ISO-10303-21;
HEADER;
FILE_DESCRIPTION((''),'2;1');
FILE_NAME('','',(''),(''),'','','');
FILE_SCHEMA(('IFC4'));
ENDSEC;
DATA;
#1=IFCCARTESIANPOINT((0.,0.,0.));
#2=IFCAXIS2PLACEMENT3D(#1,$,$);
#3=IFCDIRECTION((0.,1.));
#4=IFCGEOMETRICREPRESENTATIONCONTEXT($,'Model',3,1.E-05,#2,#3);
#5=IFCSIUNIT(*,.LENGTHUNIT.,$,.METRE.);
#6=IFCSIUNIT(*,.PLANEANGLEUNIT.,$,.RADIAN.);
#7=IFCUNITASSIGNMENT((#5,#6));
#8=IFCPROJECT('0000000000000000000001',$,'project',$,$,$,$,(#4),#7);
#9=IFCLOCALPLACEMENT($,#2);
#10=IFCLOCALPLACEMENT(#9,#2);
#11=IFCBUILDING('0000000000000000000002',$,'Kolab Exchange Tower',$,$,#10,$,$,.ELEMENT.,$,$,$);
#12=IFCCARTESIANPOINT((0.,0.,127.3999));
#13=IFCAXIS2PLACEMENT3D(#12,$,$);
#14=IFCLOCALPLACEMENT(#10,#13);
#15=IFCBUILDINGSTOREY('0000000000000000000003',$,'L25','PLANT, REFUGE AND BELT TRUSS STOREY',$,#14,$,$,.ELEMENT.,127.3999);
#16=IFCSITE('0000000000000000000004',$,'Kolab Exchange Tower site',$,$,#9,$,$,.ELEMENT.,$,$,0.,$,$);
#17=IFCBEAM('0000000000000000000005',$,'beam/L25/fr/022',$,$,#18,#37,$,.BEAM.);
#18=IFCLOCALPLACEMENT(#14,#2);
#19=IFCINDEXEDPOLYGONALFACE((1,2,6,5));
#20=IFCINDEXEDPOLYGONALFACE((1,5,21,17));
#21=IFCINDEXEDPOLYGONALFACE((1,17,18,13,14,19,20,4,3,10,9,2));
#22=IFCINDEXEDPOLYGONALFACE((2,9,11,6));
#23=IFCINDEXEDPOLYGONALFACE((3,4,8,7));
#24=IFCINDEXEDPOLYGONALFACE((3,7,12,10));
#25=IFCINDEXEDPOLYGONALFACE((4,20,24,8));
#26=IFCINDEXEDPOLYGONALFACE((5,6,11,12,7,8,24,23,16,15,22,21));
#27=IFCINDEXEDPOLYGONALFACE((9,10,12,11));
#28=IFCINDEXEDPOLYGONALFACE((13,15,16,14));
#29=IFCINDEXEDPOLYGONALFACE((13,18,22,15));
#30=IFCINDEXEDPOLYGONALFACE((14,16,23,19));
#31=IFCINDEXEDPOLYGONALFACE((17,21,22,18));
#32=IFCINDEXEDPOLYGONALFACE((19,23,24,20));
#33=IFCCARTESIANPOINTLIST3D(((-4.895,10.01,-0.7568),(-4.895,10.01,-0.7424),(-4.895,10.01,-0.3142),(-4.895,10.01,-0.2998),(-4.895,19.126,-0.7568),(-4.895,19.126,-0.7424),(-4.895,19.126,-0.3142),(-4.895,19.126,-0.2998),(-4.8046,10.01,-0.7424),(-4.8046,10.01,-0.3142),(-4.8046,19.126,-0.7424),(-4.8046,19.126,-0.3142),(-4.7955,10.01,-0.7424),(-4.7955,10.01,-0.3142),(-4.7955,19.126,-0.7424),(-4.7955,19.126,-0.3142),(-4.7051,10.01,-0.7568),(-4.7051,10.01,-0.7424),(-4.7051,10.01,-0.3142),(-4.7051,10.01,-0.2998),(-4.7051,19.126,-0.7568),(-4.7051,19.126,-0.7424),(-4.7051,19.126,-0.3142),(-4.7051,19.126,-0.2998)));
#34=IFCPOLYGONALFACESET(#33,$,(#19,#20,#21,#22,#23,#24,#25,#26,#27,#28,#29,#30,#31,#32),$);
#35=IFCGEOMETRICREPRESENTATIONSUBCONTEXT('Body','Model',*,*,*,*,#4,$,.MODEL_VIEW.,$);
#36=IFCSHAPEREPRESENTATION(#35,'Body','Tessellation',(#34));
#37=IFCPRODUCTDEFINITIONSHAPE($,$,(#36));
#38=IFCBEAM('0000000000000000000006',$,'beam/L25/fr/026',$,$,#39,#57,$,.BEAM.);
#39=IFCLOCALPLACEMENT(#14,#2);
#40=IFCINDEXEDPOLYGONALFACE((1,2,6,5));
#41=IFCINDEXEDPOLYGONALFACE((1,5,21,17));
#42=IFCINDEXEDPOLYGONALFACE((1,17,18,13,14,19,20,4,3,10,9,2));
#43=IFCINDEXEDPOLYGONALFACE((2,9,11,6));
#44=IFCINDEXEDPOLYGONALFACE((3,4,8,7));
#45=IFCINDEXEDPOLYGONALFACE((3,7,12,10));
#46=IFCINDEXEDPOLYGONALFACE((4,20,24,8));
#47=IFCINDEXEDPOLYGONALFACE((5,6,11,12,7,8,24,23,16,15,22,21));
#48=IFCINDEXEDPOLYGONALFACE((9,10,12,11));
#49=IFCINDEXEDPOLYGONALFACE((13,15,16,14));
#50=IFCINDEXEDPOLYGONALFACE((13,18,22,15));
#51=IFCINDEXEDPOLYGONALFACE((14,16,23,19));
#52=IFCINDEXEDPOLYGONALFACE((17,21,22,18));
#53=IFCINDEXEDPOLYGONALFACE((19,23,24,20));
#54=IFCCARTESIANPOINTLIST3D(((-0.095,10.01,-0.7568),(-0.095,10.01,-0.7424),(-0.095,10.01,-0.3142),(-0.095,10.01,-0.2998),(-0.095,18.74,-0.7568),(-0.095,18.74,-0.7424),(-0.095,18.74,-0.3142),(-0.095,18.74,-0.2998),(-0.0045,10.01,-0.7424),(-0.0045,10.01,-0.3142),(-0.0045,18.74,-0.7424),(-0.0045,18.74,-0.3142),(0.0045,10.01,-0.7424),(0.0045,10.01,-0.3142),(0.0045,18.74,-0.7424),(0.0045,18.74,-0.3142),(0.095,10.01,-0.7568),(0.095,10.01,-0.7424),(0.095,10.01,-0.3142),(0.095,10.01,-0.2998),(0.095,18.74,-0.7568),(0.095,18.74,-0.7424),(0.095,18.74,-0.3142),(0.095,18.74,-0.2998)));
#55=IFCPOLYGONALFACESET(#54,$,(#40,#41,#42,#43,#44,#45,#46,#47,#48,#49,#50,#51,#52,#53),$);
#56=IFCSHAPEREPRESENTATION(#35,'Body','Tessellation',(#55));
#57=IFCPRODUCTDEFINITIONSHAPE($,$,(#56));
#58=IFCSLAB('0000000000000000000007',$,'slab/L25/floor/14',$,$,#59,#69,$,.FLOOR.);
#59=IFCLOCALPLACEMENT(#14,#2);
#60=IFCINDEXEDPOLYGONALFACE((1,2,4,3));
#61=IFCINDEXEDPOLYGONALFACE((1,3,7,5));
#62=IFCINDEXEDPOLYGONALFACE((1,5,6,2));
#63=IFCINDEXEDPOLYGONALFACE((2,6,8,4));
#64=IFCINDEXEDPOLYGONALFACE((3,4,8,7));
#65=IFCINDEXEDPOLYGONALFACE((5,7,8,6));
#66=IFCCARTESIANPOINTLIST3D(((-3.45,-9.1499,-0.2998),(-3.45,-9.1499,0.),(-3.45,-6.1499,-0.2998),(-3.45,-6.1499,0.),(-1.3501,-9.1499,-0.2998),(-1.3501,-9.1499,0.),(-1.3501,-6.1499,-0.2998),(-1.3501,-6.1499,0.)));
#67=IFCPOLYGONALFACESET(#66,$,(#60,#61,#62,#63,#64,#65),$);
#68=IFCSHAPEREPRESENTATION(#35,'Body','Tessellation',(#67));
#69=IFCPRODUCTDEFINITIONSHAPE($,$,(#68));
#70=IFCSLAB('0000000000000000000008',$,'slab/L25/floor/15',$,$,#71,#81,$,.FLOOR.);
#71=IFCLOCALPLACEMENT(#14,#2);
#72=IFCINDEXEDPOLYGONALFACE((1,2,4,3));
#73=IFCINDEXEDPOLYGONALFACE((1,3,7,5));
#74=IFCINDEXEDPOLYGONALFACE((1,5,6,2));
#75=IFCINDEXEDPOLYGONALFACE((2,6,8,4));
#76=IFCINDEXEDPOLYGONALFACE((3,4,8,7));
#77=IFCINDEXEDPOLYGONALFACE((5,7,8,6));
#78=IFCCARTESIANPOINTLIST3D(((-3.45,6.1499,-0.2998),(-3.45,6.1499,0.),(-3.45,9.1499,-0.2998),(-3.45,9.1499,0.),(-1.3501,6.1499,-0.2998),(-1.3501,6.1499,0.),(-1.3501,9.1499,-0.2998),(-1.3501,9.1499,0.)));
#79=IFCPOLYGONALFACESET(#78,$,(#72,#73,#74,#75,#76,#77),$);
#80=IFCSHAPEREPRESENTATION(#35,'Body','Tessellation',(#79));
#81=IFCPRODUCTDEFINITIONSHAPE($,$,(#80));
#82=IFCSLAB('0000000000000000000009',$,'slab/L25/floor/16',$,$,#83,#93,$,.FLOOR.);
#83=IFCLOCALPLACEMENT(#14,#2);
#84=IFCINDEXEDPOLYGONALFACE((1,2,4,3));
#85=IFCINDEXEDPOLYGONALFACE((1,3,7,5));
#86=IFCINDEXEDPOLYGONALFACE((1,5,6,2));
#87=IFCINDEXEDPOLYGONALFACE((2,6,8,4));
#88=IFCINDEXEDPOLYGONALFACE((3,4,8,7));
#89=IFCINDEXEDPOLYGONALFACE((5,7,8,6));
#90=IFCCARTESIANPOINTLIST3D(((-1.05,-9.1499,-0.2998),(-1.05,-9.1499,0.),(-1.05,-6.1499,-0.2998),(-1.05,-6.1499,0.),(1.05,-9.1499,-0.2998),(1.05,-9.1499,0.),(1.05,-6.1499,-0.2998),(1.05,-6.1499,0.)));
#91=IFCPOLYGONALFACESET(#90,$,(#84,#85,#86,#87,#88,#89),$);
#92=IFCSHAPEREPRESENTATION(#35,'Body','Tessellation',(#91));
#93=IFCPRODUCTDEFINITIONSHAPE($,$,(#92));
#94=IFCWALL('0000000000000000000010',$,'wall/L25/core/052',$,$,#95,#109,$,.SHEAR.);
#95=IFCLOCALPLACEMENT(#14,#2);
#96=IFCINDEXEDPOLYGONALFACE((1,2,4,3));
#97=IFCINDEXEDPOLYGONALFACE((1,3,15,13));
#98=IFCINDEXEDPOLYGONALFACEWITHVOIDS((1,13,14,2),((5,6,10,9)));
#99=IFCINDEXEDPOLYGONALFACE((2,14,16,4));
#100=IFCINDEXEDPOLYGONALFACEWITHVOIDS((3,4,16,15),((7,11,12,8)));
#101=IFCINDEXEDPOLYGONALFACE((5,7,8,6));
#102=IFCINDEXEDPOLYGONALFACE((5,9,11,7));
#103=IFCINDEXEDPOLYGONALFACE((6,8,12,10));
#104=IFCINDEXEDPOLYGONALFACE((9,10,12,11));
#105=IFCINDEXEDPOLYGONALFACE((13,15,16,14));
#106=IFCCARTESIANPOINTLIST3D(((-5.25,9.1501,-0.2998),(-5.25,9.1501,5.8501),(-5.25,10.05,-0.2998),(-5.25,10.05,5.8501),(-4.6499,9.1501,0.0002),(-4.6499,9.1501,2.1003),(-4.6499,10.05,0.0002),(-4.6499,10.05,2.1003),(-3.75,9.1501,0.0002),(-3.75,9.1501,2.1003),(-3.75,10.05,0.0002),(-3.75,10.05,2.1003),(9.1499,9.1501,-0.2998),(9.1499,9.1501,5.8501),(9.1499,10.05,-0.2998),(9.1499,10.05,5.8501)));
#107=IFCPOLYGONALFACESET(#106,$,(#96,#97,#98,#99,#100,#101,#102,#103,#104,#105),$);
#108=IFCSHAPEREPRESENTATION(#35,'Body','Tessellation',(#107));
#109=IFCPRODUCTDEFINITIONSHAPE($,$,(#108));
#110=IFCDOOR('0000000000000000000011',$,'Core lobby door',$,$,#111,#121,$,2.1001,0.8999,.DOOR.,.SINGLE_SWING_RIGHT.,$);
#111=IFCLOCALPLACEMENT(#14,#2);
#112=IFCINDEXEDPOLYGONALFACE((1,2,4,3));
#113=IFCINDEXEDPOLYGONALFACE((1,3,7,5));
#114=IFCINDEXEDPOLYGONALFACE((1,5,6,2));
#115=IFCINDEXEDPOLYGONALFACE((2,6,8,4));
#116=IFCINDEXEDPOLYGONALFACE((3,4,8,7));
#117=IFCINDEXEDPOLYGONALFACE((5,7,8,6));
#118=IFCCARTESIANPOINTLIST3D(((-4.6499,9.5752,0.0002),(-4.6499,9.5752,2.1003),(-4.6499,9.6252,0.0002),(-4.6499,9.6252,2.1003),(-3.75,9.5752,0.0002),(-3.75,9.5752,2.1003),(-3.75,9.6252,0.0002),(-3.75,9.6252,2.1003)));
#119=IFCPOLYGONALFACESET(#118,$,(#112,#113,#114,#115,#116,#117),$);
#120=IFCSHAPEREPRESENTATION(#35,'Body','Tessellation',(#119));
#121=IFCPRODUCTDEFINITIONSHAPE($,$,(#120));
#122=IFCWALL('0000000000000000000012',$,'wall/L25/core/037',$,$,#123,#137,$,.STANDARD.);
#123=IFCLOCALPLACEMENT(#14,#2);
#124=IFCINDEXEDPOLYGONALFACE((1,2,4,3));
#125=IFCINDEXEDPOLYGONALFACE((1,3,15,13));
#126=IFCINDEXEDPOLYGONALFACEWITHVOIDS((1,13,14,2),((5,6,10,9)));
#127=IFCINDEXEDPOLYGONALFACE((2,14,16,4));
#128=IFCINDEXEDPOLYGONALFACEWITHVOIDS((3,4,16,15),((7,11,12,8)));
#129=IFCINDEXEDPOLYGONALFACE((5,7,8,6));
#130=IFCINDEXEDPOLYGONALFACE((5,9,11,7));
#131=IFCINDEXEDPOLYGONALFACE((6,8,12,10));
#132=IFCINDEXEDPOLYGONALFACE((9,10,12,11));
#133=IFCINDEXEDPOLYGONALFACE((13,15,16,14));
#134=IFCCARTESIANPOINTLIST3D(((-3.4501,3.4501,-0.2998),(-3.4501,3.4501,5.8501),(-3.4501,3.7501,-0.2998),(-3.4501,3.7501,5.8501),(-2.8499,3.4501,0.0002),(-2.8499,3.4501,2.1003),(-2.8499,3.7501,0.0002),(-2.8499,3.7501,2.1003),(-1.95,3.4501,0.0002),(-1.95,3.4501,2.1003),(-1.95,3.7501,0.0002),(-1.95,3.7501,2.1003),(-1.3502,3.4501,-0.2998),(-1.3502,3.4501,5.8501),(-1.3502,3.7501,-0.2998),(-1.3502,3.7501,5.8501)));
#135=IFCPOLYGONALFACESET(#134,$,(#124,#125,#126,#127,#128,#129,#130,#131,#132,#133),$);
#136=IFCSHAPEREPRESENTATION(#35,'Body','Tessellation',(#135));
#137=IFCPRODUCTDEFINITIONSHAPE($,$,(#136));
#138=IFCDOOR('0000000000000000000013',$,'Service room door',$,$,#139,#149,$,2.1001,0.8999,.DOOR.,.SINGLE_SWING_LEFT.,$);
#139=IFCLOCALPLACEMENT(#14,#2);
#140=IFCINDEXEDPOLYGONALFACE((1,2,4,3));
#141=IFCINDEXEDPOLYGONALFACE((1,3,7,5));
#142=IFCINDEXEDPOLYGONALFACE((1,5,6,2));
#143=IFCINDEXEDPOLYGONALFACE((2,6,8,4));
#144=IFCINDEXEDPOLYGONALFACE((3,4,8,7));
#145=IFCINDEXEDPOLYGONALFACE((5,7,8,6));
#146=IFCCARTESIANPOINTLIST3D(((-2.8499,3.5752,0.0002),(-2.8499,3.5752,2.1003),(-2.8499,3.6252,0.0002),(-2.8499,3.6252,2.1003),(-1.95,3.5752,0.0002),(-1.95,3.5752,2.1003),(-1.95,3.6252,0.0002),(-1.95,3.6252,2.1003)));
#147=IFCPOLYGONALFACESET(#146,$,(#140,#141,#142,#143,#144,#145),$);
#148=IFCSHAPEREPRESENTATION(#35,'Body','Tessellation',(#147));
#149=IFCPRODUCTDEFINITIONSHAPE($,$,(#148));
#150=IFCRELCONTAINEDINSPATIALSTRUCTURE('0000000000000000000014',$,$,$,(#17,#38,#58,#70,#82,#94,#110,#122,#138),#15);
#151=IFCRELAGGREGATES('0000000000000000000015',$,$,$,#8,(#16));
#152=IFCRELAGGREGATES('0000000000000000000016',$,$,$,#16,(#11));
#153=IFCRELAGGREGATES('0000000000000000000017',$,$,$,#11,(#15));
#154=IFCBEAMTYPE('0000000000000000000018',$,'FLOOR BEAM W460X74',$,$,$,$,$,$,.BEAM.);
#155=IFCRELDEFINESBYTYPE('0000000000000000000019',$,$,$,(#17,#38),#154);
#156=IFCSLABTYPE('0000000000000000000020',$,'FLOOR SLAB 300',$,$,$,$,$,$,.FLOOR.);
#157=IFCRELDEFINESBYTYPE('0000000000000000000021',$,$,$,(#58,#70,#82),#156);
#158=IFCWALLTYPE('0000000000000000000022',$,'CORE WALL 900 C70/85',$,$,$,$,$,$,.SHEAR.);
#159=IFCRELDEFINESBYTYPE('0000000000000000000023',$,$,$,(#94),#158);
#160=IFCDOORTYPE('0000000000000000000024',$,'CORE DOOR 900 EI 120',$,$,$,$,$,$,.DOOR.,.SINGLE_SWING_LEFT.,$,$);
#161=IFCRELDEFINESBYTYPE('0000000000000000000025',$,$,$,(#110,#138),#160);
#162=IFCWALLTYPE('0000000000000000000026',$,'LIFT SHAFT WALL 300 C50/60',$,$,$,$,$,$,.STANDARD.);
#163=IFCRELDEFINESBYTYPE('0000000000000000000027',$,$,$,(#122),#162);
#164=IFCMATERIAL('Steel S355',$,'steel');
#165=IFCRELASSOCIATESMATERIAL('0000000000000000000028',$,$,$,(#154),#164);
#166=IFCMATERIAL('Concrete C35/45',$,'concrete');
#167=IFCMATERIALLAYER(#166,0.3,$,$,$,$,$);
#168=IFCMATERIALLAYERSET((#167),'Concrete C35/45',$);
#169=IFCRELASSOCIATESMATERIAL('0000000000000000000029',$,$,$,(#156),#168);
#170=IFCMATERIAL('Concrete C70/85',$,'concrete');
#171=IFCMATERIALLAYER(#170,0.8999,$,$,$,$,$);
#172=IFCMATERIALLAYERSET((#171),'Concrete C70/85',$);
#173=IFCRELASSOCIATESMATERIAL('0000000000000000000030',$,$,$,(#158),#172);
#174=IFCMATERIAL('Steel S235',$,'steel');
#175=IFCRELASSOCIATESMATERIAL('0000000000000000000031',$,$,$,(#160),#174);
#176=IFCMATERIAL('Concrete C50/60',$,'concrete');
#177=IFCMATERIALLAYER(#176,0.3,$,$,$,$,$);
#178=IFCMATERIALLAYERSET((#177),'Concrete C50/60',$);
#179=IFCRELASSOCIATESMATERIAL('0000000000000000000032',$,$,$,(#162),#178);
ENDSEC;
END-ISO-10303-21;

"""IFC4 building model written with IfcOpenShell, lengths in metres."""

from ifc_helpers import new_model, si_unit, direction, frame, frame_2d, origin, origin_2d, place, context, subcontext, project, spatial, polyline, rectangle, i_section, outline, extrude, material, layer, layer_set, material_profile, profile_set, type_object, element, fill, save


model = new_model("IFC4")

# Units and contexts
model_context = context("Model", 3, precision=1e-05, world=origin(), true_north=direction((0.0, 1.0)))
body_context = subcontext(model_context, "Body", "Model", "MODEL_VIEW")
ifc_project = project(units=[si_unit("LENGTHUNIT", "METRE"), si_unit("PLANEANGLEUNIT", "RADIAN")], contexts=[model_context])

# Site, building, storey
site_placement = place(None, origin())
site = spatial("IfcSite", under=ifc_project, at=site_placement, Name="Kolab Exchange Tower site", CompositionType="ELEMENT", RefElevation=0.0)
building_placement = place(site_placement, origin())
building = spatial("IfcBuilding", under=site, at=building_placement, Name="Kolab Exchange Tower", CompositionType="ELEMENT")
storey_placement = place(building_placement, frame((0.0, 0.0, 127.3999)))
storey = spatial("IfcBuildingStorey", under=building, at=storey_placement, Name="L25", Description="PLANT, REFUGE AND BELT TRUSS STOREY", CompositionType="ELEMENT", Elevation=127.3999)

# Beams
ifc_material_1 = material(Name="Steel S355", Category="steel")
ifc_material_profile = material_profile(ifc_material_1, i_section(OverallWidth=0.1899, OverallDepth=0.457, WebThickness=0.009, FlangeThickness=0.0144, at=origin_2d()), Name="W460X74")
ifc_profile_set = profile_set([ifc_material_profile], Name="Steel S355")
beam_type = type_object("IfcBeamType", Name="FLOOR BEAM W460X74", PredefinedType="BEAM", material=ifc_profile_set)
beam_1_placement = place(storey_placement, frame((-4.8, 10.01, -0.5283), z_axis=(0.0, 1.0, 0.0), x_axis=(-1.0, 0.0, 0.0)))
element("IfcBeam", 1, at=beam_1_placement, inside=storey, type_object=beam_type, Name="beam/L25/fr/022", PredefinedType="BEAM", context=body_context, shape_type="SweptSolid", body=[
    extrude(i_section(OverallWidth=0.1899, OverallDepth=0.457, WebThickness=0.009, FlangeThickness=0.0144, at=origin_2d()), origin(), (0.0, 0.0, 1.0), 9.116),
])
beam_2_placement = place(storey_placement, frame((0.0, 10.01, -0.5283), z_axis=(0.0, 1.0, 0.0), x_axis=(-1.0, 0.0, 0.0)))
element("IfcBeam", 2, at=beam_2_placement, inside=storey, type_object=beam_type, Name="beam/L25/fr/026", PredefinedType="BEAM", context=body_context, shape_type="SweptSolid", body=[
    extrude(i_section(OverallWidth=0.1899, OverallDepth=0.457, WebThickness=0.009, FlangeThickness=0.0144, at=origin_2d()), origin(), (0.0, 0.0, 1.0), 8.73),
])

# Slabs
ifc_material_2 = material(Name="Concrete C35/45", Category="concrete")
ifc_layer_1 = layer(ifc_material_2, 0.3)
ifc_layer_set_1 = layer_set([ifc_layer_1], Name="Concrete C35/45")
slab_type = type_object("IfcSlabType", Name="FLOOR SLAB 300", PredefinedType="FLOOR", material=ifc_layer_set_1)
slab_1_placement = place(storey_placement, frame((0.0, 0.0, -0.2998)))
element("IfcSlab", 3, at=slab_1_placement, inside=storey, type_object=slab_type, Name="slab/L25/floor/14", PredefinedType="FLOOR", context=body_context, shape_type="SweptSolid", body=[
    extrude(outline(polyline([(-1.3501, -6.1499), (-3.45, -6.1499), (-3.45, -9.1499), (-1.3501, -9.1499), (-1.3501, -6.1499)])), origin(), (0.0, 0.0, 1.0), 0.2998),
])
slab_2_placement = place(storey_placement, frame((0.0, 0.0, -0.2998)))
element("IfcSlab", 4, at=slab_2_placement, inside=storey, type_object=slab_type, Name="slab/L25/floor/15", PredefinedType="FLOOR", context=body_context, shape_type="SweptSolid", body=[
    extrude(outline(polyline([(-1.3501, 6.1499), (-1.3501, 9.1499), (-3.45, 9.1499), (-3.45, 6.1499), (-1.3501, 6.1499)])), origin(), (0.0, 0.0, 1.0), 0.2998),
])
slab_3_placement = place(storey_placement, frame((0.0, 0.0, -0.2998)))
element("IfcSlab", 5, at=slab_3_placement, inside=storey, type_object=slab_type, Name="slab/L25/floor/16", PredefinedType="FLOOR", context=body_context, shape_type="SweptSolid", body=[
    extrude(outline(polyline([(1.05, -6.1499), (-1.05, -6.1499), (-1.05, -9.1499), (1.05, -9.1499), (1.05, -6.1499)])), origin(), (0.0, 0.0, 1.0), 0.2998),
])

# Walls, openings, doors
ifc_material_3 = material(Name="Concrete C70/85", Category="concrete")
ifc_layer_2 = layer(ifc_material_3, 0.8999)
ifc_layer_set_2 = layer_set([ifc_layer_2], Name="Concrete C70/85")
wall_type_1 = type_object("IfcWallType", Name="CORE WALL 900 C70/85", PredefinedType="SHEAR", material=ifc_layer_set_2)
wall_1_placement = place(storey_placement, frame((-5.25, 9.6001, -0.2998), z_axis=(0.0, 0.0, 1.0), x_axis=(1.0, 0.0, 0.0)))
wall_1 = element("IfcWall", 6, at=wall_1_placement, inside=storey, type_object=wall_type_1, Name="wall/L25/core/052", PredefinedType="SHEAR", context=body_context, shape_type="SweptSolid", body=[
    extrude(rectangle(XDim=14.3999, YDim=0.8999, at=frame_2d((7.2, 0.0))), origin(), (0.0, 0.0, 1.0), 6.1499),
])
opening_1_placement = place(wall_1_placement, frame((0.6001, 0.0, 0.3)))
opening_1 = element("IfcOpeningElement", 7, at=opening_1_placement, cuts=wall_1, PredefinedType="OPENING", context=body_context, shape_type="SweptSolid", body=[
    extrude(rectangle(XDim=0.8999, YDim=2.1001, at=frame_2d((0.45, 1.05))), frame((0.0, 0.46, 0.0), z_axis=(0.0, -1.0, 0.0), x_axis=(1.0, 0.0, 0.0)), (0.0, 0.0, 1.0), 0.9199),
])
ifc_material_4 = material(Name="Steel S235", Category="steel")
door_type_1 = type_object("IfcDoorType", Name="CORE DOOR 900 EI 120", OperationType="SINGLE_SWING_LEFT", PredefinedType="DOOR", material=ifc_material_4)
door_1_placement = place(opening_1_placement, frame((0.8999, 0.0, 0.0), z_axis=(0.0, 0.0, 1.0), x_axis=(-1.0, 0.0, 0.0)))
door_1 = element("IfcDoor", 8, at=door_1_placement, inside=storey, type_object=door_type_1, Name="Core lobby door", OperationType="SINGLE_SWING_RIGHT", OverallHeight=2.1001, OverallWidth=0.8999, PredefinedType="DOOR", context=body_context, shape_type="SweptSolid", body=[
    extrude(rectangle(XDim=0.8999, YDim=2.1001, at=frame_2d((0.45, 1.05))), frame((0.0, 0.0249, 0.0), z_axis=(0.0, -1.0, 0.0), x_axis=(1.0, 0.0, 0.0)), (0.0, 0.0, 1.0), 0.05),
])
fill(opening_1, door_1)
ifc_material_5 = material(Name="Concrete C50/60", Category="concrete")
ifc_layer_3 = layer(ifc_material_5, 0.3)
ifc_layer_set_3 = layer_set([ifc_layer_3], Name="Concrete C50/60")
wall_type_2 = type_object("IfcWallType", Name="LIFT SHAFT WALL 300 C50/60", PredefinedType="STANDARD", material=ifc_layer_set_3)
wall_2_placement = place(storey_placement, frame((-3.45, 3.6001, -0.2998), z_axis=(0.0, 0.0, 1.0), x_axis=(1.0, 0.0, 0.0)))
wall_2 = element("IfcWall", 9, at=wall_2_placement, inside=storey, type_object=wall_type_2, Name="wall/L25/core/037", PredefinedType="STANDARD", context=body_context, shape_type="SweptSolid", body=[
    extrude(rectangle(XDim=2.0999, YDim=0.3, at=frame_2d((1.0498, 0.0))), origin(), (0.0, 0.0, 1.0), 6.1499),
])
opening_2_placement = place(wall_2_placement, frame((0.6001, 0.0, 0.3)))
opening_2 = element("IfcOpeningElement", 10, at=opening_2_placement, cuts=wall_2, PredefinedType="OPENING", context=body_context, shape_type="SweptSolid", body=[
    extrude(rectangle(XDim=0.8999, YDim=2.1001, at=frame_2d((0.45, 1.05))), frame((0.0, 0.1602, 0.0), z_axis=(0.0, -1.0, 0.0), x_axis=(1.0, 0.0, 0.0)), (0.0, 0.0, 1.0), 0.3201),
])
door_2_placement = place(opening_2_placement, frame((0.8999, 0.0, 0.0), z_axis=(0.0, 0.0, 1.0), x_axis=(-1.0, 0.0, 0.0)))
door_2 = element("IfcDoor", 11, at=door_2_placement, inside=storey, type_object=door_type_1, Name="Service room door", OperationType="SINGLE_SWING_LEFT", OverallHeight=2.1001, OverallWidth=0.8999, PredefinedType="DOOR", context=body_context, shape_type="SweptSolid", body=[
    extrude(rectangle(XDim=0.8999, YDim=2.1001, at=frame_2d((0.45, 1.05))), frame((0.0, 0.0249, 0.0), z_axis=(0.0, -1.0, 0.0), x_axis=(1.0, 0.0, 0.0)), (0.0, 0.0, 1.0), 0.05),
])
fill(opening_2, door_2)

save(model, "model.ifc")
